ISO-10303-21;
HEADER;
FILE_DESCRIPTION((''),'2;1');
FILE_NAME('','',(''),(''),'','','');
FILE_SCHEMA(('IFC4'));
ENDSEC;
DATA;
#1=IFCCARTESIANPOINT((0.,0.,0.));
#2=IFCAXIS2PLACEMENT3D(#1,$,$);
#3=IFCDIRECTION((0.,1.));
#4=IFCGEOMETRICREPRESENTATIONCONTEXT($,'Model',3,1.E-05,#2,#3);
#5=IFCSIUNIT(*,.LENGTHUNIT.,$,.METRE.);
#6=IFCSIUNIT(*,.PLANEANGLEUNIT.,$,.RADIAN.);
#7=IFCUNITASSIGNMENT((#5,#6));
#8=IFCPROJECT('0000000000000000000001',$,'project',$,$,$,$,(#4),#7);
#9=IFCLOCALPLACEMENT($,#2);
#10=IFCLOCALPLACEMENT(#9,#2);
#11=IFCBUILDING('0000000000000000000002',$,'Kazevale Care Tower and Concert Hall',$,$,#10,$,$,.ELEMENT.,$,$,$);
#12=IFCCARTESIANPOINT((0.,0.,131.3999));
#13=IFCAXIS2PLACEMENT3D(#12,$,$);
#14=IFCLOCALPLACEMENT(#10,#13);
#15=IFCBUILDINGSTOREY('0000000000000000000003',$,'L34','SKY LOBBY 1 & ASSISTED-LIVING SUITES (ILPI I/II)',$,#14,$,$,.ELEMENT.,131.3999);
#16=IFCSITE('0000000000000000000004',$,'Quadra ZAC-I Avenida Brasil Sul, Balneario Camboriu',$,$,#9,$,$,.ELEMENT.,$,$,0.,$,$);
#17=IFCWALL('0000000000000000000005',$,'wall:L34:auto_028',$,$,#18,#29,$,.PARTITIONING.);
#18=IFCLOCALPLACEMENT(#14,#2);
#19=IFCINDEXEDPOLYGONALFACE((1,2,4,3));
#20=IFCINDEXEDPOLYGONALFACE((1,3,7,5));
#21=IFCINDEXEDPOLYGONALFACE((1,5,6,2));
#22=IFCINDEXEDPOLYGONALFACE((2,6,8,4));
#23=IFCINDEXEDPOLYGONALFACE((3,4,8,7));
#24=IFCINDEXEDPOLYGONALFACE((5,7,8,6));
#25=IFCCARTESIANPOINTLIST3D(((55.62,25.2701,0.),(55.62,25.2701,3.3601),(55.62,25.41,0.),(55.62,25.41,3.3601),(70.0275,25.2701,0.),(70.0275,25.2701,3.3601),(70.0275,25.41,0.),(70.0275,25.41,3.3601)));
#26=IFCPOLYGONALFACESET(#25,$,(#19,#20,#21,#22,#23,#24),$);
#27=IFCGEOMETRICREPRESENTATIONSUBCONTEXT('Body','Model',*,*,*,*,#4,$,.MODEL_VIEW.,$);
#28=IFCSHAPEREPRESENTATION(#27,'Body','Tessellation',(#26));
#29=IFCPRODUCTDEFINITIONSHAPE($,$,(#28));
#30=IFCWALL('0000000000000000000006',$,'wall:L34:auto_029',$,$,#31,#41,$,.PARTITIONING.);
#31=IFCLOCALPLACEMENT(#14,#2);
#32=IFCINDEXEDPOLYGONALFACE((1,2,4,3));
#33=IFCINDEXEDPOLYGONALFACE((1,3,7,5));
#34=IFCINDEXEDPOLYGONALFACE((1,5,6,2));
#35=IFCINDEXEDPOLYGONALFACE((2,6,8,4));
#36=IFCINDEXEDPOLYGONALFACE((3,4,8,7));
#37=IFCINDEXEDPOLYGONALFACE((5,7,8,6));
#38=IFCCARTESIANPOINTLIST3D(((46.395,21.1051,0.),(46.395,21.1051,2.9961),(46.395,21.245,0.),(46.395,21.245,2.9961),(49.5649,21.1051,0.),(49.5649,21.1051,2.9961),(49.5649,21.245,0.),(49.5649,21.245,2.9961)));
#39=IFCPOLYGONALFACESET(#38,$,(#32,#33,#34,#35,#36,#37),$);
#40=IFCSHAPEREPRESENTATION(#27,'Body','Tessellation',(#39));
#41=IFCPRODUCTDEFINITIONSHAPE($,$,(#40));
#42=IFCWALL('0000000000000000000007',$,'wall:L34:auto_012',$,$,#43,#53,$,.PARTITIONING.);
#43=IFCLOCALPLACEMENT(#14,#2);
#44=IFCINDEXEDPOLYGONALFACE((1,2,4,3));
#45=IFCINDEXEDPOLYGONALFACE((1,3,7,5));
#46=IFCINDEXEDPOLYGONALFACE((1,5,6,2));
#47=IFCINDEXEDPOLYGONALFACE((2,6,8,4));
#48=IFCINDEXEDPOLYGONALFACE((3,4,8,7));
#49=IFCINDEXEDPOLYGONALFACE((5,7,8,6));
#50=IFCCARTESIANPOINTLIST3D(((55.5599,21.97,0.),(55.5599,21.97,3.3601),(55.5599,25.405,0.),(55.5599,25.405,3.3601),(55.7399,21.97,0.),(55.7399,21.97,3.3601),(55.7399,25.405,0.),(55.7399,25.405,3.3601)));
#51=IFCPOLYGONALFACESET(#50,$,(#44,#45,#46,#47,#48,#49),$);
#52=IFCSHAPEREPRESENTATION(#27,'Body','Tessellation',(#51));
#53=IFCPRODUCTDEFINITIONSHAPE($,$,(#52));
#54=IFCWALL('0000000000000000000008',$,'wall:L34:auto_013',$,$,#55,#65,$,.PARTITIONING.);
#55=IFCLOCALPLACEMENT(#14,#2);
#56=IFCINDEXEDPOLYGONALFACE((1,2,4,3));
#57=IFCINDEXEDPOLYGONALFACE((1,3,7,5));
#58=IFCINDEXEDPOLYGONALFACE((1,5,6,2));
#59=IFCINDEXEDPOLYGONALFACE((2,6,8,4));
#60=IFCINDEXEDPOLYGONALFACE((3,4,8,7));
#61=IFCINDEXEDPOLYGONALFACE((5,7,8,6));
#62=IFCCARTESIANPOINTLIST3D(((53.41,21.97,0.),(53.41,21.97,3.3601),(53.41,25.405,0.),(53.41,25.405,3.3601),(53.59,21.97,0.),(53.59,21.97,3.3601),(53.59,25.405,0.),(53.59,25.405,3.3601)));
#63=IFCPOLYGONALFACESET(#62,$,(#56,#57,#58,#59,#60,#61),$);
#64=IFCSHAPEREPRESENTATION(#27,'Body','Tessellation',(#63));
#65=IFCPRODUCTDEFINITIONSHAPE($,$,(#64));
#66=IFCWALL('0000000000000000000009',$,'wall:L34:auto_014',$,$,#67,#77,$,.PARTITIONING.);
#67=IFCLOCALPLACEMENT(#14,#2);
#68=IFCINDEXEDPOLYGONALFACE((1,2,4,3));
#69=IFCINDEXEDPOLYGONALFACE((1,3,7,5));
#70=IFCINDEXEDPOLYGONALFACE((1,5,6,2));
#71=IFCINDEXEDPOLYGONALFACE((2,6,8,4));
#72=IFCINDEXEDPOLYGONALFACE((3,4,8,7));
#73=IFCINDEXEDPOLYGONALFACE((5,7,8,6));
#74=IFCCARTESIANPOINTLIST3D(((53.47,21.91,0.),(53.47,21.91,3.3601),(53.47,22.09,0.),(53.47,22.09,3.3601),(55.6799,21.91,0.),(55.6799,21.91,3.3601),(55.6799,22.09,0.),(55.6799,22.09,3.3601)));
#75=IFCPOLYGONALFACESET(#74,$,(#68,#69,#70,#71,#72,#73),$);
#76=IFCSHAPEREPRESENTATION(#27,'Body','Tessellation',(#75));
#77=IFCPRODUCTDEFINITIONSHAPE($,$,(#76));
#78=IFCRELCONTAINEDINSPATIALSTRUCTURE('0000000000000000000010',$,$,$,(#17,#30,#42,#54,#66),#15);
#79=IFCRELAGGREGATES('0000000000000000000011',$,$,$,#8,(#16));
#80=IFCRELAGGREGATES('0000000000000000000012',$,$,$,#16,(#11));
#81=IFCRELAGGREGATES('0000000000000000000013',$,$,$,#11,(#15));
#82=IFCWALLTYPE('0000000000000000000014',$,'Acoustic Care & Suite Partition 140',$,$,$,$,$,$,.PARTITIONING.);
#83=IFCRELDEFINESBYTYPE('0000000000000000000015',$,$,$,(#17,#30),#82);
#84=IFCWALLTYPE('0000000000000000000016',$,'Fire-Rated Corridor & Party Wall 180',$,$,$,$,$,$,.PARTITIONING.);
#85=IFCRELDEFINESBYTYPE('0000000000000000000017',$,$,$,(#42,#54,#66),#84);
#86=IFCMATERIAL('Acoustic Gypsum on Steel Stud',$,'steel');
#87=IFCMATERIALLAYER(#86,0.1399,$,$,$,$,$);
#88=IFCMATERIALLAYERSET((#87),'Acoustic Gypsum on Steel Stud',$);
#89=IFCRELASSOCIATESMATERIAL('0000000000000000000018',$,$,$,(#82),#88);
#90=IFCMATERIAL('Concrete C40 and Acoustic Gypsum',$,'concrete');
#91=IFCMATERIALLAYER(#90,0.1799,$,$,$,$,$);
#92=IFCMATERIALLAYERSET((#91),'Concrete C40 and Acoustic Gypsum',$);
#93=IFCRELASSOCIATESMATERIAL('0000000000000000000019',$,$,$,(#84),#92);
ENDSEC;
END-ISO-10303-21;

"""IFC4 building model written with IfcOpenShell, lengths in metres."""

from ifc_helpers import new_model, si_unit, direction, frame, frame_2d, origin, place, context, subcontext, project, spatial, rectangle, extrude, material, layer, layer_set, type_object, element, save


model = new_model("IFC4")

# Units and contexts
model_context = context("Model", 3, precision=1e-05, world=origin(), true_north=direction((0.0, 1.0)))
body_context = subcontext(model_context, "Body", "Model", "MODEL_VIEW")
ifc_project = project(units=[si_unit("LENGTHUNIT", "METRE"), si_unit("PLANEANGLEUNIT", "RADIAN")], contexts=[model_context])

# Site, building, storey
site_placement = place(None, origin())
site = spatial("IfcSite", under=ifc_project, at=site_placement, Name="Quadra ZAC-I Avenida Brasil Sul, Balneario Camboriu", CompositionType="ELEMENT", RefElevation=0.0)
building_placement = place(site_placement, origin())
building = spatial("IfcBuilding", under=site, at=building_placement, Name="Kazevale Care Tower and Concert Hall", CompositionType="ELEMENT")
storey_placement = place(building_placement, frame((0.0, 0.0, 131.3999)))
storey = spatial("IfcBuildingStorey", under=building, at=storey_placement, Name="L34", Description="SKY LOBBY 1 & ASSISTED-LIVING SUITES (ILPI I/II)", CompositionType="ELEMENT", Elevation=131.3999)

# Walls
ifc_material_1 = material(Name="Acoustic Gypsum on Steel Stud", Category="steel")
ifc_layer_1 = layer(ifc_material_1, 0.1399)
ifc_layer_set_1 = layer_set([ifc_layer_1], Name="Acoustic Gypsum on Steel Stud")
wall_type_1 = type_object("IfcWallType", Name="Acoustic Care & Suite Partition 140", PredefinedType="PARTITIONING", material=ifc_layer_set_1)
wall_1_placement = place(storey_placement, frame((55.6201, 25.3401, 0.0), z_axis=(0.0, 0.0, 1.0), x_axis=(1.0, 0.0, 0.0)))
element("IfcWall", 1, at=wall_1_placement, inside=storey, type_object=wall_type_1, Name="wall:L34:auto_028", PredefinedType="PARTITIONING", context=body_context, shape_type="SweptSolid", body=[
    extrude(rectangle(XDim=14.4075, YDim=0.1399, at=frame_2d((7.2036, 0.0))), origin(), (0.0, 0.0, 1.0), 3.3601),
])
wall_2_placement = place(storey_placement, frame((49.5649, 21.175, 0.0), z_axis=(0.0, 0.0, 1.0), x_axis=(-1.0, 0.0, 0.0)))
element("IfcWall", 2, at=wall_2_placement, inside=storey, type_object=wall_type_1, Name="wall:L34:auto_029", PredefinedType="PARTITIONING", context=body_context, shape_type="SweptSolid", body=[
    extrude(rectangle(XDim=3.1699, YDim=0.1399, at=frame_2d((1.585, 0.0))), origin(), (0.0, 0.0, 1.0), 2.9961),
])
ifc_material_2 = material(Name="Concrete C40 and Acoustic Gypsum", Category="concrete")
ifc_layer_2 = layer(ifc_material_2, 0.1799)
ifc_layer_set_2 = layer_set([ifc_layer_2], Name="Concrete C40 and Acoustic Gypsum")
wall_type_2 = type_object("IfcWallType", Name="Fire-Rated Corridor & Party Wall 180", PredefinedType="PARTITIONING", material=ifc_layer_set_2)
for number, where, z_axis, x_axis, name in (
    (3, (55.6499, 25.405, 0.0), (0.0, 0.0, 1.0), (0.0, -1.0, 0.0), "wall:L34:auto_012"),
    (4, (53.5, 21.97, 0.0), (0.0, 0.0, 1.0), (0.0, 1.0, 0.0), "wall:L34:auto_013"),
):
    element("IfcWall", number, at=place(storey_placement, frame(where, z_axis=z_axis, x_axis=x_axis)), inside=storey, type_object=wall_type_2, Name=name, PredefinedType="PARTITIONING", context=body_context, shape_type="SweptSolid", body=[
        extrude(rectangle(XDim=3.4351, YDim=0.1799, at=frame_2d((1.7175, 0.0))), origin(), (0.0, 0.0, 1.0), 3.3601),
    ])
wall_3_placement = place(storey_placement, frame((55.6799, 22.0, 0.0), z_axis=(0.0, 0.0, 1.0), x_axis=(-1.0, 0.0, 0.0)))
element("IfcWall", 5, at=wall_3_placement, inside=storey, type_object=wall_type_2, Name="wall:L34:auto_014", PredefinedType="PARTITIONING", context=body_context, shape_type="SweptSolid", body=[
    extrude(rectangle(XDim=2.21, YDim=0.1799, at=frame_2d((1.105, 0.0))), origin(), (0.0, 0.0, 1.0), 3.3601),
])

save(model, "model.ifc")
